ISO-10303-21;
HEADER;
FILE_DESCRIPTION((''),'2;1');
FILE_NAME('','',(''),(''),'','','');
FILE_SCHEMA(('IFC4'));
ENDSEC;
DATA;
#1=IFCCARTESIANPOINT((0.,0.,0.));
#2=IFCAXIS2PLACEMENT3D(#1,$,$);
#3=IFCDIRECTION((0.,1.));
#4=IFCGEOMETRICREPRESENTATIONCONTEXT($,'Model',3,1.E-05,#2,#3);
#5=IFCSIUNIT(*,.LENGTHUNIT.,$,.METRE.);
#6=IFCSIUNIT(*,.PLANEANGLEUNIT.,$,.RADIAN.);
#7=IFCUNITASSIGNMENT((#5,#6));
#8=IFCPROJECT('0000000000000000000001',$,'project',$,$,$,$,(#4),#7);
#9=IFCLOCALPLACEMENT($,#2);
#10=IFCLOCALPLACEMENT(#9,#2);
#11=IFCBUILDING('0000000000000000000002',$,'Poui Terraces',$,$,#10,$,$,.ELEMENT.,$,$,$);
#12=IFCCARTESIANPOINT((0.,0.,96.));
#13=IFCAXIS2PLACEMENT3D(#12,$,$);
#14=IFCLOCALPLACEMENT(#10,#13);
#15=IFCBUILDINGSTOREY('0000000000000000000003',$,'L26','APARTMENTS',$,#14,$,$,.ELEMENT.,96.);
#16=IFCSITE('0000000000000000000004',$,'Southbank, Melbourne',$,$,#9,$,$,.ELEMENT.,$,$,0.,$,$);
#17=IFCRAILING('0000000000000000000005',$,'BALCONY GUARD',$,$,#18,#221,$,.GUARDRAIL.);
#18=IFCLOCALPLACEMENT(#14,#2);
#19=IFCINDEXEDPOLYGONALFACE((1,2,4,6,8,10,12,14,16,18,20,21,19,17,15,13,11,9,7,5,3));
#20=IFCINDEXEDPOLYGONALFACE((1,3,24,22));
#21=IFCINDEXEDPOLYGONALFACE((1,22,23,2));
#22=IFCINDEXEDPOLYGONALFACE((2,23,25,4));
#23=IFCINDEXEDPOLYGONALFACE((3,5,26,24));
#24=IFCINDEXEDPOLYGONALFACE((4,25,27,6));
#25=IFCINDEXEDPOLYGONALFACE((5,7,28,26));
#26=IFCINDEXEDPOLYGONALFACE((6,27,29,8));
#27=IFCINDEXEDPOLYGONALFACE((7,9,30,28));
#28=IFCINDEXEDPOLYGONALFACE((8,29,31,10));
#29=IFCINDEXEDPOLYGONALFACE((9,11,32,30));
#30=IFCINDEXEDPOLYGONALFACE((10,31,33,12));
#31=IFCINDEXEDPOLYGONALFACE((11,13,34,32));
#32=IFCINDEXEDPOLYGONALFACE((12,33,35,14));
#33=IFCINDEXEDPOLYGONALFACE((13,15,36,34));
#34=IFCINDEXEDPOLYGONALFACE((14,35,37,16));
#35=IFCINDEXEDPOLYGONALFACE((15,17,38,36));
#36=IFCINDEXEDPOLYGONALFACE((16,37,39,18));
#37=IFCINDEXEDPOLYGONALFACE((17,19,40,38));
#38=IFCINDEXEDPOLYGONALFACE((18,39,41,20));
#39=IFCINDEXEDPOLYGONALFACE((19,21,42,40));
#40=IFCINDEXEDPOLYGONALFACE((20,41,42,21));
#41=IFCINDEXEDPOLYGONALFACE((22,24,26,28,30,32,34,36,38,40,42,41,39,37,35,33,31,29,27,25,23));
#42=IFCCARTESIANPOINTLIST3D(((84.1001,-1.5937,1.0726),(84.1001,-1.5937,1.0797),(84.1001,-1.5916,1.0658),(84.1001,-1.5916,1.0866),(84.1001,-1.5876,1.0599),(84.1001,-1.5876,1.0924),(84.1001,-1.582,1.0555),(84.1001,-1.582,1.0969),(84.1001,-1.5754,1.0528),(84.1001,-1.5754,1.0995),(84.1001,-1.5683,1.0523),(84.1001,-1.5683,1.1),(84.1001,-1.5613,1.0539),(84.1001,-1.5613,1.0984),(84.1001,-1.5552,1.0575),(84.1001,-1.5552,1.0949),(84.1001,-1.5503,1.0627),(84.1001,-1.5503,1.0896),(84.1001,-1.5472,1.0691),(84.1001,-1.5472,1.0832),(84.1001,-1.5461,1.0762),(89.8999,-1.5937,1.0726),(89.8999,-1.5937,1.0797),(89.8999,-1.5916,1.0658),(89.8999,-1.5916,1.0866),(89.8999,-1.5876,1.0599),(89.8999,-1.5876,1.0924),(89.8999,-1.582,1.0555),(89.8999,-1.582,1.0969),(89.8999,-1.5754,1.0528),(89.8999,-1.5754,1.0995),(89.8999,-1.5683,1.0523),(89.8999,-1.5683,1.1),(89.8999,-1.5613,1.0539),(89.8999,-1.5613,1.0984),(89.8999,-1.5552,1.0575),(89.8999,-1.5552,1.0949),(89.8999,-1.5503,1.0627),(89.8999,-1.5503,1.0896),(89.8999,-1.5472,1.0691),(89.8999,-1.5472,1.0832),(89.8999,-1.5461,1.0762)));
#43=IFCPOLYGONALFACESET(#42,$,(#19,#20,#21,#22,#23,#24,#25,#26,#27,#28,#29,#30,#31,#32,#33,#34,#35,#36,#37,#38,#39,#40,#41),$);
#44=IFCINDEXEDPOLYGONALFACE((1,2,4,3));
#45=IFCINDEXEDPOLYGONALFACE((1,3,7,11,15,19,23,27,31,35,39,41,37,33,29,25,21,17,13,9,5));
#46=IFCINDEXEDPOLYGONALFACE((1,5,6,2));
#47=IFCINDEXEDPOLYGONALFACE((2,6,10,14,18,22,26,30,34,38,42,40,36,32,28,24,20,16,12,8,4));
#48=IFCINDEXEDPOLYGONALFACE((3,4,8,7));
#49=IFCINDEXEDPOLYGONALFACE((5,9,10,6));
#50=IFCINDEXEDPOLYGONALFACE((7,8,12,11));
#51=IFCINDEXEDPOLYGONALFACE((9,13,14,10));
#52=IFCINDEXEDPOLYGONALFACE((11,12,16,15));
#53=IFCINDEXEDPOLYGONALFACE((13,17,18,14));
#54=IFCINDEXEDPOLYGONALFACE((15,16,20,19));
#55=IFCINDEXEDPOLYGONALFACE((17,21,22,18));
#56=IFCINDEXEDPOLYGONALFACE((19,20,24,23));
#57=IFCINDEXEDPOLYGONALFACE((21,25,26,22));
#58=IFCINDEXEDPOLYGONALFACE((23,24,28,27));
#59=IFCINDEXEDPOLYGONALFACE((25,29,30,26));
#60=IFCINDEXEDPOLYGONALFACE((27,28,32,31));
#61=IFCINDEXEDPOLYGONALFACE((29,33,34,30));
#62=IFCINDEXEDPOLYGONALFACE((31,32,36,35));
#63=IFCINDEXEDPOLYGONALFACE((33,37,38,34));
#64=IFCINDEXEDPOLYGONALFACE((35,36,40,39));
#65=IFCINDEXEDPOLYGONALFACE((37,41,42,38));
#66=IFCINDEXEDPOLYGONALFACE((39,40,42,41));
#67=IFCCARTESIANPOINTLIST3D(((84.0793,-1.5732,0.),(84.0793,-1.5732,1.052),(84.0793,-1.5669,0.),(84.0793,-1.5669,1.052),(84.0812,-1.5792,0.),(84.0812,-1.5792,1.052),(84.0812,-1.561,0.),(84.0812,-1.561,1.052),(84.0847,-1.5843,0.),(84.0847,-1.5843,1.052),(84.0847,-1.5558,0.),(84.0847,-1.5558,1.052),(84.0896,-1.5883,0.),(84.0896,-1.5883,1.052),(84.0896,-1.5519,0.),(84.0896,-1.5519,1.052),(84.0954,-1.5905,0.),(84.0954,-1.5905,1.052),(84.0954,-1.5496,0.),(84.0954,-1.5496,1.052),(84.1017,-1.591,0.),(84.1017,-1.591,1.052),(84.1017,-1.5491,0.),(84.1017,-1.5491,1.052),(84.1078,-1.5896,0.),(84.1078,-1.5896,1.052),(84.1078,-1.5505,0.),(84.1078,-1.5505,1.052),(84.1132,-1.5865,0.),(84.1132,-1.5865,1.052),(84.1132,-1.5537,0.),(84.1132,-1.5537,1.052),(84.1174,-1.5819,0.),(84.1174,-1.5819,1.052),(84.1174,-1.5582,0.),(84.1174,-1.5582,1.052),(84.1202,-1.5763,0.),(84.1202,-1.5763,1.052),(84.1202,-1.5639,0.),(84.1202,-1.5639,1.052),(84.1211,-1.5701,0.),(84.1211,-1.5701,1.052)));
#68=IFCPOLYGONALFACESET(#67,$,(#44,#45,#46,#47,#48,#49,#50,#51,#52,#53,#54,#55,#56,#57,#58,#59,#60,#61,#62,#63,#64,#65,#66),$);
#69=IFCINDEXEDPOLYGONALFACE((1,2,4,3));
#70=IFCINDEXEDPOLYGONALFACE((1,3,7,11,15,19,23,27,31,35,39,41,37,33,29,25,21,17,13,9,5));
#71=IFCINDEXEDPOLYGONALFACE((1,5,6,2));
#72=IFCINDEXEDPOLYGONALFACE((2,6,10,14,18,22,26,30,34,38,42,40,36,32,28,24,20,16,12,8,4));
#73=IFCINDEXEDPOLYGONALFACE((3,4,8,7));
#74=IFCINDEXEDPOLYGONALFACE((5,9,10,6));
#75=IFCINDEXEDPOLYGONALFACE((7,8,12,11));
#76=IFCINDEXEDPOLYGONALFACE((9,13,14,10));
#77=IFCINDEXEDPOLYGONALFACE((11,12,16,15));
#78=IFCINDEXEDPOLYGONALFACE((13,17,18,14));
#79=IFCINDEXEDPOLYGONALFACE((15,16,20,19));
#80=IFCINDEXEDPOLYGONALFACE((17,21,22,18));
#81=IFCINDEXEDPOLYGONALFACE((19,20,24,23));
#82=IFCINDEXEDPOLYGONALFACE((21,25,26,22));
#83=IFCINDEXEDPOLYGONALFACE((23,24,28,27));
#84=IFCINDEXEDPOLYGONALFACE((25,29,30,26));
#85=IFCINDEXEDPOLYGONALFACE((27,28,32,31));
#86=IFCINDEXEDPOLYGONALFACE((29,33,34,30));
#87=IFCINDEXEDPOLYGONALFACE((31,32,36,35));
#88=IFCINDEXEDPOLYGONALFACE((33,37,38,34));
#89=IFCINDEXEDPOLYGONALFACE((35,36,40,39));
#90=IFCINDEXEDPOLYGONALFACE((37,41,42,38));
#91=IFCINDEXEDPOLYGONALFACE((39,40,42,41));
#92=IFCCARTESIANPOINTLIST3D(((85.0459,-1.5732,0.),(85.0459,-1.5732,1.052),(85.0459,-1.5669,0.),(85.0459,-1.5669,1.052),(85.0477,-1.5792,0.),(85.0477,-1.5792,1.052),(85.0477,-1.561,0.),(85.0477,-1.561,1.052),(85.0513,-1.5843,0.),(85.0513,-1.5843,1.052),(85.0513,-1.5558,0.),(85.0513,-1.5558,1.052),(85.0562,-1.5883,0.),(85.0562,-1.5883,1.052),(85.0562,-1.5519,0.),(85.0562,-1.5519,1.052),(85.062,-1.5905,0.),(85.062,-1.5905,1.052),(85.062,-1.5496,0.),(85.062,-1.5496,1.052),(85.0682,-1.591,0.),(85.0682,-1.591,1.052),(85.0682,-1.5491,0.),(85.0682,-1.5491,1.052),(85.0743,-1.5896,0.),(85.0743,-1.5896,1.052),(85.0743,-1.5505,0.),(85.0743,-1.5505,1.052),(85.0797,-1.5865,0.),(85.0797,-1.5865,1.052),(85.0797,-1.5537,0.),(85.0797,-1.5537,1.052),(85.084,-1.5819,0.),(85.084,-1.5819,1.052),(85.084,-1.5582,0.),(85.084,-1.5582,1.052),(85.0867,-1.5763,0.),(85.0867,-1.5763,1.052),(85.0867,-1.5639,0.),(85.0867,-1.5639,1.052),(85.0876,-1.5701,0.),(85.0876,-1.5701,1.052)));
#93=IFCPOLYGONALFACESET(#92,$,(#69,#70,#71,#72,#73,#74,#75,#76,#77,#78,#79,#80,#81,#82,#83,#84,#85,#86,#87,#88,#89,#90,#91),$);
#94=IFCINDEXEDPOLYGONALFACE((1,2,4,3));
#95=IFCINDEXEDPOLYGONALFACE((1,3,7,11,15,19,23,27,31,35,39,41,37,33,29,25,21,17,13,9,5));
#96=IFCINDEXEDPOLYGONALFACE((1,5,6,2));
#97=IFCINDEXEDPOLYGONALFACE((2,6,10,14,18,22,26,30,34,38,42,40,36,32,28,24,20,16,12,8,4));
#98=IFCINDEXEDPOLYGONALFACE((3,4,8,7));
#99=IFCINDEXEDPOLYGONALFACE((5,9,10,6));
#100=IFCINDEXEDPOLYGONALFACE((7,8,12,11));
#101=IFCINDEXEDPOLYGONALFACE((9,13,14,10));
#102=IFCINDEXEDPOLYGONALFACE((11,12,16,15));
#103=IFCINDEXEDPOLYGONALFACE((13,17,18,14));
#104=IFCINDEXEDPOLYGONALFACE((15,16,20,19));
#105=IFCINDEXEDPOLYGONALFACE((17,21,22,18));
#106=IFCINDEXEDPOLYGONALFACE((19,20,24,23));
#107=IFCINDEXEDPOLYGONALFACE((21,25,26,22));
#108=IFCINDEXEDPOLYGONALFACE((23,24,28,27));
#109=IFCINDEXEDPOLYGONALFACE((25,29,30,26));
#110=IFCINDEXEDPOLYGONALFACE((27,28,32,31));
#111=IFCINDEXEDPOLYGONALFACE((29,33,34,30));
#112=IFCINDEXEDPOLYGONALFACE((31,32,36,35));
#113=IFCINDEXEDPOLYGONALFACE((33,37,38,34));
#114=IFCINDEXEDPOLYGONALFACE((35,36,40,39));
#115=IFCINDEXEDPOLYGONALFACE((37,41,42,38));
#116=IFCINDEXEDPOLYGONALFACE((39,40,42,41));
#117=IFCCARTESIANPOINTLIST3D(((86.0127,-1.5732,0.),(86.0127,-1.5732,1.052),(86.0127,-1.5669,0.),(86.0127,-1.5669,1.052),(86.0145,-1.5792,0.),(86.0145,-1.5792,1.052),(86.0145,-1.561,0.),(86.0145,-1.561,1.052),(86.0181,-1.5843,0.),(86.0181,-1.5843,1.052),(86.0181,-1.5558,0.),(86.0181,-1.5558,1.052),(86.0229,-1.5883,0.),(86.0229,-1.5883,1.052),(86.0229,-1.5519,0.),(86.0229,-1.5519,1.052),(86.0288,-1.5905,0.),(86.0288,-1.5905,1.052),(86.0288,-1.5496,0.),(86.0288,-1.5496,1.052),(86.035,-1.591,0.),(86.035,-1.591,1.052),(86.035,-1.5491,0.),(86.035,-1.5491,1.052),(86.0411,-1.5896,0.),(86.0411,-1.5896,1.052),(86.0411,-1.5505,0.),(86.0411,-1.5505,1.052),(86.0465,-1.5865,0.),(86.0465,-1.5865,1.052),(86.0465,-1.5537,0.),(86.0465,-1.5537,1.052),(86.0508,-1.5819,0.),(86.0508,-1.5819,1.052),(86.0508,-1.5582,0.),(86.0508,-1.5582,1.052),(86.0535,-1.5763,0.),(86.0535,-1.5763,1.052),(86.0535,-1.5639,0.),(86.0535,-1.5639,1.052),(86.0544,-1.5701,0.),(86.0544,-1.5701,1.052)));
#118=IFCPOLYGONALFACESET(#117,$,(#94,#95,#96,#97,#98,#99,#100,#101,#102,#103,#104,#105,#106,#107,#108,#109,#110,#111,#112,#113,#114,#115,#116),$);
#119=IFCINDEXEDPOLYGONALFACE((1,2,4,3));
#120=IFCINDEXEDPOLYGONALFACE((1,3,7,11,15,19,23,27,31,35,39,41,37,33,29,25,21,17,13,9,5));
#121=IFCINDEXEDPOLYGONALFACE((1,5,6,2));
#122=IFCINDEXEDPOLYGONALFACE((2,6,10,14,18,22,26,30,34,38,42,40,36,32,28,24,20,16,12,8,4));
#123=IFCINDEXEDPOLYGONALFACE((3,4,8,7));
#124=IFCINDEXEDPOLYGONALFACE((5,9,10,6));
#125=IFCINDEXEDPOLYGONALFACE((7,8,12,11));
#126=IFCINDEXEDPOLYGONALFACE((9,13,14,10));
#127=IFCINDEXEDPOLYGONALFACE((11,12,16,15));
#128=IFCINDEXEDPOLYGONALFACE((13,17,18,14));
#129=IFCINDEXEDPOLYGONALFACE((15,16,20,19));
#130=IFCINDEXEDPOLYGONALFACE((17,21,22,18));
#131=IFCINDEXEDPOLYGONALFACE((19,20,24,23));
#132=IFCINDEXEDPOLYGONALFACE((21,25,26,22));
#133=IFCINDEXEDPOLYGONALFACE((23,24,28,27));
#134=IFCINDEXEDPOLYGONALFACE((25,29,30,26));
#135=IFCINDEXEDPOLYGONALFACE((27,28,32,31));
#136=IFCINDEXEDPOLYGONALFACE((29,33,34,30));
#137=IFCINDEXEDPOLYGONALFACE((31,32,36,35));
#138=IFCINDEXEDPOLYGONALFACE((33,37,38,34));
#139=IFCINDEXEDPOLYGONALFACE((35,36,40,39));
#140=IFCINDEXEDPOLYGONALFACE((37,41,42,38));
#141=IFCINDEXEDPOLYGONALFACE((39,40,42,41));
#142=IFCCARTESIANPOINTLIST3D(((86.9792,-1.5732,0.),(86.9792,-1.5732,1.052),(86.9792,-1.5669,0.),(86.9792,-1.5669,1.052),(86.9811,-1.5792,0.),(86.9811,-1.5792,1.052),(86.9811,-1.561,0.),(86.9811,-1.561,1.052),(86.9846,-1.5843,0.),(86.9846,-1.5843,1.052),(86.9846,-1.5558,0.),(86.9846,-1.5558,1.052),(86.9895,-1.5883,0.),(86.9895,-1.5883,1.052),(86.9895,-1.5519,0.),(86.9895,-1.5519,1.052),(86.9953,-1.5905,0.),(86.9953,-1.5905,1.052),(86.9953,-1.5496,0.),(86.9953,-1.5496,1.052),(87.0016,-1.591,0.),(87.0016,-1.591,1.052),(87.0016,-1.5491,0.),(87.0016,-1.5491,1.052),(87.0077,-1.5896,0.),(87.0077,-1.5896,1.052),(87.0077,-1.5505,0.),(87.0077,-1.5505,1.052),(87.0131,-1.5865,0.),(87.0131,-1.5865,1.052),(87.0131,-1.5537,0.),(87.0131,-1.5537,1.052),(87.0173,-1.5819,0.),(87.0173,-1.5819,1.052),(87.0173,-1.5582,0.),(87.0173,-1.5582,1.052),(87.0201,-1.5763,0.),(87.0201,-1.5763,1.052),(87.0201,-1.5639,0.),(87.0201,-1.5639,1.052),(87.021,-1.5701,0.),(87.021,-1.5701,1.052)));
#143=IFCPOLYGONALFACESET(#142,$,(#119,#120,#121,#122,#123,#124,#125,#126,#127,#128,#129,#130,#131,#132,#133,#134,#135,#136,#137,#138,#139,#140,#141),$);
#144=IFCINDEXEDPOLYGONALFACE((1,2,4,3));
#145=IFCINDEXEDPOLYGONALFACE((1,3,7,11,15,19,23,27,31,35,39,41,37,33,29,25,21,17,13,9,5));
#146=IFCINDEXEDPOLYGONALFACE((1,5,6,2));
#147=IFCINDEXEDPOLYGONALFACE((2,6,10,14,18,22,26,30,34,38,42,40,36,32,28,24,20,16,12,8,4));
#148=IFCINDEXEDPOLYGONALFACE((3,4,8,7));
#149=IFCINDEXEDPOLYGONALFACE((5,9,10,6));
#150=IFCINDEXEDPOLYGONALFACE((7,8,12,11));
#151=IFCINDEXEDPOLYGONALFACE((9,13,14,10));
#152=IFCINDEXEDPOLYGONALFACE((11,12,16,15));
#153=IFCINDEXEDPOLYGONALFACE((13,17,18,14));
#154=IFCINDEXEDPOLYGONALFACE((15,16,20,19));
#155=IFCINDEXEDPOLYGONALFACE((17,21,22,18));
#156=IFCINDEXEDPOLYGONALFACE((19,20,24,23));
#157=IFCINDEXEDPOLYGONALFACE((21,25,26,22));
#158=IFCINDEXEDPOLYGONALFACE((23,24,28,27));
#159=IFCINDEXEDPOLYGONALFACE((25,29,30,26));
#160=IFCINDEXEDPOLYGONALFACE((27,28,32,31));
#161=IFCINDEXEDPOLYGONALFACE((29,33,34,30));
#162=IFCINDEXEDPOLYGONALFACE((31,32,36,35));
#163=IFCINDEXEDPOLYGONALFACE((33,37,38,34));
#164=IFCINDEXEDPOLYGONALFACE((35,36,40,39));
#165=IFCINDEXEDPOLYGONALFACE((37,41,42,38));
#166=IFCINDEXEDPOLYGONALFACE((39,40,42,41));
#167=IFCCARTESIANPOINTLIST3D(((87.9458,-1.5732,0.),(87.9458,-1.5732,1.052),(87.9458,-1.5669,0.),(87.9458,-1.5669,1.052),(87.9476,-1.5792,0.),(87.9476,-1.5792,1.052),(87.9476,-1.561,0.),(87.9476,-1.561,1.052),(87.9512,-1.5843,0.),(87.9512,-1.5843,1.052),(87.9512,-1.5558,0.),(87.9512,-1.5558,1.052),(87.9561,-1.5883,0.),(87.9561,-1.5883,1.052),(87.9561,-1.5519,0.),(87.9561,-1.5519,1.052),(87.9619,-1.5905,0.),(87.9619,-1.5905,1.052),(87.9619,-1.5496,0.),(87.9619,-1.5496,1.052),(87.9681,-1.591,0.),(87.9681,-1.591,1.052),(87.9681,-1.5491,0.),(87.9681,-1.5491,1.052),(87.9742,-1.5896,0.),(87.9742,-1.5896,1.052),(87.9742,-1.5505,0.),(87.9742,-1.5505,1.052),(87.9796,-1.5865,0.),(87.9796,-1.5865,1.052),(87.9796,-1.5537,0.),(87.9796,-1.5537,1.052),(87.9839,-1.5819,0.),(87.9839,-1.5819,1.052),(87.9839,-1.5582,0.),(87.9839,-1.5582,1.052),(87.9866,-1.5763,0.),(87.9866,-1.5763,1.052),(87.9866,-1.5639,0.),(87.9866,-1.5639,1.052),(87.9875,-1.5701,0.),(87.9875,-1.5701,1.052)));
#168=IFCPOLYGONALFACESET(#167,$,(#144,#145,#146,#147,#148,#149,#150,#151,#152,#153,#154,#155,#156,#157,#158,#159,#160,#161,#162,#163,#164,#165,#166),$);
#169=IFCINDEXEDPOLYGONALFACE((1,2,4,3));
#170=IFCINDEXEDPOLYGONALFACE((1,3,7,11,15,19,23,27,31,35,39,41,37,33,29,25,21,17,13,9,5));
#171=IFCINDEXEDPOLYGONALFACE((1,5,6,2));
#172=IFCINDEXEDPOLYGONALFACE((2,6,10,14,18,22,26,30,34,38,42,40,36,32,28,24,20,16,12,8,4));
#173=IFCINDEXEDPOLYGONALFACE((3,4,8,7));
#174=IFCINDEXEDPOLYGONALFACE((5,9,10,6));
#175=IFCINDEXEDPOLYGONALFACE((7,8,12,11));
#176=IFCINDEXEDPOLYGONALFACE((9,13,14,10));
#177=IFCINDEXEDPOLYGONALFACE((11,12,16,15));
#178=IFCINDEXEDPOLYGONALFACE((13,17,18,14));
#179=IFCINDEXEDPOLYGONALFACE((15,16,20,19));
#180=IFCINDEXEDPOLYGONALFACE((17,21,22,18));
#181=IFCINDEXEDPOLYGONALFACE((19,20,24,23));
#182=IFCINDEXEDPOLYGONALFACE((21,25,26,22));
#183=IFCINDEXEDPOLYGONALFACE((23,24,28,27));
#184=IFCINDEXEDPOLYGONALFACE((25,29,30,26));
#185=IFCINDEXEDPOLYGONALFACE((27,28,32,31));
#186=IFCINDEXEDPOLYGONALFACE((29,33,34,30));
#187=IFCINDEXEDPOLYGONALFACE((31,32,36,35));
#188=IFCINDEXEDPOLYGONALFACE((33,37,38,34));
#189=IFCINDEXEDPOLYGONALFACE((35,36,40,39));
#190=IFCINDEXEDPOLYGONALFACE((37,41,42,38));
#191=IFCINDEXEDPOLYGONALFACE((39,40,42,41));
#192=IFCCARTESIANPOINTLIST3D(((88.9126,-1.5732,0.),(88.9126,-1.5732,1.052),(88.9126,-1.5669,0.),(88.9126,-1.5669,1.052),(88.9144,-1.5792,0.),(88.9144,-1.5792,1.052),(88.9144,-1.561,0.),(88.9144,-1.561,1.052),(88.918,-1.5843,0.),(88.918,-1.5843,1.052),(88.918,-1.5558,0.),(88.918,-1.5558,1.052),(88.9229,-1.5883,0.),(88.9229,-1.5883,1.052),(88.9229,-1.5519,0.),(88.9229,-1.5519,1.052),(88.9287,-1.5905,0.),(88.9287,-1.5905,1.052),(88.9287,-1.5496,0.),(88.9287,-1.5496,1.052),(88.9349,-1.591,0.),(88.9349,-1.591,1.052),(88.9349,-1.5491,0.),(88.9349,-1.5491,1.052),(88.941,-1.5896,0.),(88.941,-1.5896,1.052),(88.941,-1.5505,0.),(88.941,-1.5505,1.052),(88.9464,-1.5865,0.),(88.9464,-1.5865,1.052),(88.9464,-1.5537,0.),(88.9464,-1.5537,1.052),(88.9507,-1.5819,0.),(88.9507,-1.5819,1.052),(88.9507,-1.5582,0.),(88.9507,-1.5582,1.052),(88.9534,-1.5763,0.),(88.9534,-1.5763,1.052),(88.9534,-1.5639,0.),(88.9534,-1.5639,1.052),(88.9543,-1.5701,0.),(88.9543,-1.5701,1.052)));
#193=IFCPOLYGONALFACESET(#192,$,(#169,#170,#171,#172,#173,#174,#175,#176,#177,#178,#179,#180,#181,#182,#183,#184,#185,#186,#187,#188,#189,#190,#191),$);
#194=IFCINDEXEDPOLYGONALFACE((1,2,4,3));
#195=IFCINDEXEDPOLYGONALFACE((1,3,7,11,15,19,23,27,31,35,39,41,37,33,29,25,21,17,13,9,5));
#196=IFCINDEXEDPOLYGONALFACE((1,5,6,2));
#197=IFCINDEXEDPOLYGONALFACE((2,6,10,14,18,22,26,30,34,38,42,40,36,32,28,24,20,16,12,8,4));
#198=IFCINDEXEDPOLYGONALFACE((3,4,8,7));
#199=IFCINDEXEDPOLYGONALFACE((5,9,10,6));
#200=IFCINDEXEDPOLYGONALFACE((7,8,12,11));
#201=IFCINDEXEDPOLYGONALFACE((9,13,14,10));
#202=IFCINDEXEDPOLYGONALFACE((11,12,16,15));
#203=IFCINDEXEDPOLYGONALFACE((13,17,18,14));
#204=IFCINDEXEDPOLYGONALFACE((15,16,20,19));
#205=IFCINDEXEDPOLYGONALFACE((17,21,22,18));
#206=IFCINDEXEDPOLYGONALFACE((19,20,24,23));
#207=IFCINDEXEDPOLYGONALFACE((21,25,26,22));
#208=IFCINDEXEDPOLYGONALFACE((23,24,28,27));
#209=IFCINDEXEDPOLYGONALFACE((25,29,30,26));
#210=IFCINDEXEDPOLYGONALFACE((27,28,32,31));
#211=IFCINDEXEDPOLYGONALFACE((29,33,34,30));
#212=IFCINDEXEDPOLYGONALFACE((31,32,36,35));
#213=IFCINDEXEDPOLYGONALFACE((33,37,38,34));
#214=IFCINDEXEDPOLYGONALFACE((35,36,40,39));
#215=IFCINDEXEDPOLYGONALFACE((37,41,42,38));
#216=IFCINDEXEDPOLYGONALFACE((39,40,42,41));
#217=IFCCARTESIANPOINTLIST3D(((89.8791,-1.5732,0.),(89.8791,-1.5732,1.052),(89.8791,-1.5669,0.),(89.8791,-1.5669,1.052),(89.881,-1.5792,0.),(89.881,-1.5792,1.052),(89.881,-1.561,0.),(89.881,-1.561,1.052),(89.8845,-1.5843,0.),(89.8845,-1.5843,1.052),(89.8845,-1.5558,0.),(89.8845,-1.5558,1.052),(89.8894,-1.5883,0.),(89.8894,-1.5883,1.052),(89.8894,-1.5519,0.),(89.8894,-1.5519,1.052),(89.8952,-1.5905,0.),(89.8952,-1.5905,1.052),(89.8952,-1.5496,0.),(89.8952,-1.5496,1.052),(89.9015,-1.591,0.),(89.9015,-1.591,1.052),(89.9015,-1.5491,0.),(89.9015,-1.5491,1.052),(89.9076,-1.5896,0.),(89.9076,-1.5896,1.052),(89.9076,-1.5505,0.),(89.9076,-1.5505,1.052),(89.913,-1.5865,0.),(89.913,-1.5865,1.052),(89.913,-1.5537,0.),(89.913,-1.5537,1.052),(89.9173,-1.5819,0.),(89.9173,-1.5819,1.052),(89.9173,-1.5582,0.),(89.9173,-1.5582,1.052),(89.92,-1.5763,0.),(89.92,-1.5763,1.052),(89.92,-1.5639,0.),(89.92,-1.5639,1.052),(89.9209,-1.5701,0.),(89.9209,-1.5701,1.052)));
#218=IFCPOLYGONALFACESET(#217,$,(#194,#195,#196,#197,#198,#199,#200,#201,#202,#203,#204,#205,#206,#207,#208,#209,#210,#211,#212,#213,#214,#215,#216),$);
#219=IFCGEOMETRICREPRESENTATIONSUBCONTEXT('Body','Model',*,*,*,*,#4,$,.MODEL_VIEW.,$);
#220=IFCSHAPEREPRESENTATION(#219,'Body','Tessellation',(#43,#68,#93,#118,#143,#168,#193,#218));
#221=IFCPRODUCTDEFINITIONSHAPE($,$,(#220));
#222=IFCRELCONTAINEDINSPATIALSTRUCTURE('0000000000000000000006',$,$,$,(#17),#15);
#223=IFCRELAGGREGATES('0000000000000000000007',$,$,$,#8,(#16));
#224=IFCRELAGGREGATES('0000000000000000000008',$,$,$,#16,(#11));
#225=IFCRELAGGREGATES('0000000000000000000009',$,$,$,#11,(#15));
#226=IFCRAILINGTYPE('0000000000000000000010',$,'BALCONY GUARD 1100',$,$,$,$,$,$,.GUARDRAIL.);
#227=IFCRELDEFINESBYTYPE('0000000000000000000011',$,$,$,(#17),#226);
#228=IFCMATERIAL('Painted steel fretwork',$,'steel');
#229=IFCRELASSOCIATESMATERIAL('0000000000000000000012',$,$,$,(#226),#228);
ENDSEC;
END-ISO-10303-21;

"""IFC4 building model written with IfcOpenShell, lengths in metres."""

from ifc_helpers import new_model, si_unit, direction, frame, origin, origin_2d, place, context, subcontext, project, spatial, circle, extrude, material, type_object, element, save


model = new_model("IFC4")

# Units and contexts
model_context = context("Model", 3, precision=1e-05, world=origin(), true_north=direction((0.0, 1.0)))
body_context = subcontext(model_context, "Body", "Model", "MODEL_VIEW")
ifc_project = project(units=[si_unit("LENGTHUNIT", "METRE"), si_unit("PLANEANGLEUNIT", "RADIAN")], contexts=[model_context])

# Site, building, storey
site_placement = place(None, origin())
site = spatial("IfcSite", under=ifc_project, at=site_placement, Name="Southbank, Melbourne", CompositionType="ELEMENT", RefElevation=0.0)
building_placement = place(site_placement, origin())
building = spatial("IfcBuilding", under=site, at=building_placement, Name="Poui Terraces", CompositionType="ELEMENT")
storey_placement = place(building_placement, frame((0.0, 0.0, 96.0)))
storey = spatial("IfcBuildingStorey", under=building, at=storey_placement, Name="L26", Description="APARTMENTS", CompositionType="ELEMENT", Elevation=96.0)

# Railing
ifc_material_1 = material(Name="Painted steel fretwork", Category="steel")
railing_type = type_object("IfcRailingType", Name="BALCONY GUARD 1100", PredefinedType="GUARDRAIL", material=ifc_material_1)
railing_placement = place(storey_placement, frame((84.1001, -1.5701, 0.0)))
element("IfcRailing", 1, at=railing_placement, inside=storey, type_object=railing_type, Name="BALCONY GUARD", PredefinedType="GUARDRAIL", context=body_context, shape_type="SweptSolid", body=[
    extrude(circle(Radius=0.0239, at=origin_2d()), frame((0.0, 0.0, 1.0762), z_axis=(1.0, 0.0, 0.0), x_axis=(0.0, 1.0, 0.0)), (0.0, 0.0, 1.0), 5.7998),
    extrude(circle(Radius=0.021, at=origin_2d()), origin(), (0.0, 0.0, 1.0), 1.052),
    extrude(circle(Radius=0.021, at=origin_2d()), frame((0.9666, 0.0, 0.0)), (0.0, 0.0, 1.0), 1.052),
    extrude(circle(Radius=0.021, at=origin_2d()), frame((1.9333, 0.0, 0.0)), (0.0, 0.0, 1.0), 1.052),
    extrude(circle(Radius=0.021, at=origin_2d()), frame((2.8999, 0.0, 0.0)), (0.0, 0.0, 1.0), 1.052),
    extrude(circle(Radius=0.021, at=origin_2d()), frame((3.8665, 0.0, 0.0)), (0.0, 0.0, 1.0), 1.052),
    extrude(circle(Radius=0.021, at=origin_2d()), frame((4.8333, 0.0, 0.0)), (0.0, 0.0, 1.0), 1.052),
    extrude(circle(Radius=0.021, at=origin_2d()), frame((5.7998, 0.0, 0.0)), (0.0, 0.0, 1.0), 1.052),
])

save(model, "model.ifc")
